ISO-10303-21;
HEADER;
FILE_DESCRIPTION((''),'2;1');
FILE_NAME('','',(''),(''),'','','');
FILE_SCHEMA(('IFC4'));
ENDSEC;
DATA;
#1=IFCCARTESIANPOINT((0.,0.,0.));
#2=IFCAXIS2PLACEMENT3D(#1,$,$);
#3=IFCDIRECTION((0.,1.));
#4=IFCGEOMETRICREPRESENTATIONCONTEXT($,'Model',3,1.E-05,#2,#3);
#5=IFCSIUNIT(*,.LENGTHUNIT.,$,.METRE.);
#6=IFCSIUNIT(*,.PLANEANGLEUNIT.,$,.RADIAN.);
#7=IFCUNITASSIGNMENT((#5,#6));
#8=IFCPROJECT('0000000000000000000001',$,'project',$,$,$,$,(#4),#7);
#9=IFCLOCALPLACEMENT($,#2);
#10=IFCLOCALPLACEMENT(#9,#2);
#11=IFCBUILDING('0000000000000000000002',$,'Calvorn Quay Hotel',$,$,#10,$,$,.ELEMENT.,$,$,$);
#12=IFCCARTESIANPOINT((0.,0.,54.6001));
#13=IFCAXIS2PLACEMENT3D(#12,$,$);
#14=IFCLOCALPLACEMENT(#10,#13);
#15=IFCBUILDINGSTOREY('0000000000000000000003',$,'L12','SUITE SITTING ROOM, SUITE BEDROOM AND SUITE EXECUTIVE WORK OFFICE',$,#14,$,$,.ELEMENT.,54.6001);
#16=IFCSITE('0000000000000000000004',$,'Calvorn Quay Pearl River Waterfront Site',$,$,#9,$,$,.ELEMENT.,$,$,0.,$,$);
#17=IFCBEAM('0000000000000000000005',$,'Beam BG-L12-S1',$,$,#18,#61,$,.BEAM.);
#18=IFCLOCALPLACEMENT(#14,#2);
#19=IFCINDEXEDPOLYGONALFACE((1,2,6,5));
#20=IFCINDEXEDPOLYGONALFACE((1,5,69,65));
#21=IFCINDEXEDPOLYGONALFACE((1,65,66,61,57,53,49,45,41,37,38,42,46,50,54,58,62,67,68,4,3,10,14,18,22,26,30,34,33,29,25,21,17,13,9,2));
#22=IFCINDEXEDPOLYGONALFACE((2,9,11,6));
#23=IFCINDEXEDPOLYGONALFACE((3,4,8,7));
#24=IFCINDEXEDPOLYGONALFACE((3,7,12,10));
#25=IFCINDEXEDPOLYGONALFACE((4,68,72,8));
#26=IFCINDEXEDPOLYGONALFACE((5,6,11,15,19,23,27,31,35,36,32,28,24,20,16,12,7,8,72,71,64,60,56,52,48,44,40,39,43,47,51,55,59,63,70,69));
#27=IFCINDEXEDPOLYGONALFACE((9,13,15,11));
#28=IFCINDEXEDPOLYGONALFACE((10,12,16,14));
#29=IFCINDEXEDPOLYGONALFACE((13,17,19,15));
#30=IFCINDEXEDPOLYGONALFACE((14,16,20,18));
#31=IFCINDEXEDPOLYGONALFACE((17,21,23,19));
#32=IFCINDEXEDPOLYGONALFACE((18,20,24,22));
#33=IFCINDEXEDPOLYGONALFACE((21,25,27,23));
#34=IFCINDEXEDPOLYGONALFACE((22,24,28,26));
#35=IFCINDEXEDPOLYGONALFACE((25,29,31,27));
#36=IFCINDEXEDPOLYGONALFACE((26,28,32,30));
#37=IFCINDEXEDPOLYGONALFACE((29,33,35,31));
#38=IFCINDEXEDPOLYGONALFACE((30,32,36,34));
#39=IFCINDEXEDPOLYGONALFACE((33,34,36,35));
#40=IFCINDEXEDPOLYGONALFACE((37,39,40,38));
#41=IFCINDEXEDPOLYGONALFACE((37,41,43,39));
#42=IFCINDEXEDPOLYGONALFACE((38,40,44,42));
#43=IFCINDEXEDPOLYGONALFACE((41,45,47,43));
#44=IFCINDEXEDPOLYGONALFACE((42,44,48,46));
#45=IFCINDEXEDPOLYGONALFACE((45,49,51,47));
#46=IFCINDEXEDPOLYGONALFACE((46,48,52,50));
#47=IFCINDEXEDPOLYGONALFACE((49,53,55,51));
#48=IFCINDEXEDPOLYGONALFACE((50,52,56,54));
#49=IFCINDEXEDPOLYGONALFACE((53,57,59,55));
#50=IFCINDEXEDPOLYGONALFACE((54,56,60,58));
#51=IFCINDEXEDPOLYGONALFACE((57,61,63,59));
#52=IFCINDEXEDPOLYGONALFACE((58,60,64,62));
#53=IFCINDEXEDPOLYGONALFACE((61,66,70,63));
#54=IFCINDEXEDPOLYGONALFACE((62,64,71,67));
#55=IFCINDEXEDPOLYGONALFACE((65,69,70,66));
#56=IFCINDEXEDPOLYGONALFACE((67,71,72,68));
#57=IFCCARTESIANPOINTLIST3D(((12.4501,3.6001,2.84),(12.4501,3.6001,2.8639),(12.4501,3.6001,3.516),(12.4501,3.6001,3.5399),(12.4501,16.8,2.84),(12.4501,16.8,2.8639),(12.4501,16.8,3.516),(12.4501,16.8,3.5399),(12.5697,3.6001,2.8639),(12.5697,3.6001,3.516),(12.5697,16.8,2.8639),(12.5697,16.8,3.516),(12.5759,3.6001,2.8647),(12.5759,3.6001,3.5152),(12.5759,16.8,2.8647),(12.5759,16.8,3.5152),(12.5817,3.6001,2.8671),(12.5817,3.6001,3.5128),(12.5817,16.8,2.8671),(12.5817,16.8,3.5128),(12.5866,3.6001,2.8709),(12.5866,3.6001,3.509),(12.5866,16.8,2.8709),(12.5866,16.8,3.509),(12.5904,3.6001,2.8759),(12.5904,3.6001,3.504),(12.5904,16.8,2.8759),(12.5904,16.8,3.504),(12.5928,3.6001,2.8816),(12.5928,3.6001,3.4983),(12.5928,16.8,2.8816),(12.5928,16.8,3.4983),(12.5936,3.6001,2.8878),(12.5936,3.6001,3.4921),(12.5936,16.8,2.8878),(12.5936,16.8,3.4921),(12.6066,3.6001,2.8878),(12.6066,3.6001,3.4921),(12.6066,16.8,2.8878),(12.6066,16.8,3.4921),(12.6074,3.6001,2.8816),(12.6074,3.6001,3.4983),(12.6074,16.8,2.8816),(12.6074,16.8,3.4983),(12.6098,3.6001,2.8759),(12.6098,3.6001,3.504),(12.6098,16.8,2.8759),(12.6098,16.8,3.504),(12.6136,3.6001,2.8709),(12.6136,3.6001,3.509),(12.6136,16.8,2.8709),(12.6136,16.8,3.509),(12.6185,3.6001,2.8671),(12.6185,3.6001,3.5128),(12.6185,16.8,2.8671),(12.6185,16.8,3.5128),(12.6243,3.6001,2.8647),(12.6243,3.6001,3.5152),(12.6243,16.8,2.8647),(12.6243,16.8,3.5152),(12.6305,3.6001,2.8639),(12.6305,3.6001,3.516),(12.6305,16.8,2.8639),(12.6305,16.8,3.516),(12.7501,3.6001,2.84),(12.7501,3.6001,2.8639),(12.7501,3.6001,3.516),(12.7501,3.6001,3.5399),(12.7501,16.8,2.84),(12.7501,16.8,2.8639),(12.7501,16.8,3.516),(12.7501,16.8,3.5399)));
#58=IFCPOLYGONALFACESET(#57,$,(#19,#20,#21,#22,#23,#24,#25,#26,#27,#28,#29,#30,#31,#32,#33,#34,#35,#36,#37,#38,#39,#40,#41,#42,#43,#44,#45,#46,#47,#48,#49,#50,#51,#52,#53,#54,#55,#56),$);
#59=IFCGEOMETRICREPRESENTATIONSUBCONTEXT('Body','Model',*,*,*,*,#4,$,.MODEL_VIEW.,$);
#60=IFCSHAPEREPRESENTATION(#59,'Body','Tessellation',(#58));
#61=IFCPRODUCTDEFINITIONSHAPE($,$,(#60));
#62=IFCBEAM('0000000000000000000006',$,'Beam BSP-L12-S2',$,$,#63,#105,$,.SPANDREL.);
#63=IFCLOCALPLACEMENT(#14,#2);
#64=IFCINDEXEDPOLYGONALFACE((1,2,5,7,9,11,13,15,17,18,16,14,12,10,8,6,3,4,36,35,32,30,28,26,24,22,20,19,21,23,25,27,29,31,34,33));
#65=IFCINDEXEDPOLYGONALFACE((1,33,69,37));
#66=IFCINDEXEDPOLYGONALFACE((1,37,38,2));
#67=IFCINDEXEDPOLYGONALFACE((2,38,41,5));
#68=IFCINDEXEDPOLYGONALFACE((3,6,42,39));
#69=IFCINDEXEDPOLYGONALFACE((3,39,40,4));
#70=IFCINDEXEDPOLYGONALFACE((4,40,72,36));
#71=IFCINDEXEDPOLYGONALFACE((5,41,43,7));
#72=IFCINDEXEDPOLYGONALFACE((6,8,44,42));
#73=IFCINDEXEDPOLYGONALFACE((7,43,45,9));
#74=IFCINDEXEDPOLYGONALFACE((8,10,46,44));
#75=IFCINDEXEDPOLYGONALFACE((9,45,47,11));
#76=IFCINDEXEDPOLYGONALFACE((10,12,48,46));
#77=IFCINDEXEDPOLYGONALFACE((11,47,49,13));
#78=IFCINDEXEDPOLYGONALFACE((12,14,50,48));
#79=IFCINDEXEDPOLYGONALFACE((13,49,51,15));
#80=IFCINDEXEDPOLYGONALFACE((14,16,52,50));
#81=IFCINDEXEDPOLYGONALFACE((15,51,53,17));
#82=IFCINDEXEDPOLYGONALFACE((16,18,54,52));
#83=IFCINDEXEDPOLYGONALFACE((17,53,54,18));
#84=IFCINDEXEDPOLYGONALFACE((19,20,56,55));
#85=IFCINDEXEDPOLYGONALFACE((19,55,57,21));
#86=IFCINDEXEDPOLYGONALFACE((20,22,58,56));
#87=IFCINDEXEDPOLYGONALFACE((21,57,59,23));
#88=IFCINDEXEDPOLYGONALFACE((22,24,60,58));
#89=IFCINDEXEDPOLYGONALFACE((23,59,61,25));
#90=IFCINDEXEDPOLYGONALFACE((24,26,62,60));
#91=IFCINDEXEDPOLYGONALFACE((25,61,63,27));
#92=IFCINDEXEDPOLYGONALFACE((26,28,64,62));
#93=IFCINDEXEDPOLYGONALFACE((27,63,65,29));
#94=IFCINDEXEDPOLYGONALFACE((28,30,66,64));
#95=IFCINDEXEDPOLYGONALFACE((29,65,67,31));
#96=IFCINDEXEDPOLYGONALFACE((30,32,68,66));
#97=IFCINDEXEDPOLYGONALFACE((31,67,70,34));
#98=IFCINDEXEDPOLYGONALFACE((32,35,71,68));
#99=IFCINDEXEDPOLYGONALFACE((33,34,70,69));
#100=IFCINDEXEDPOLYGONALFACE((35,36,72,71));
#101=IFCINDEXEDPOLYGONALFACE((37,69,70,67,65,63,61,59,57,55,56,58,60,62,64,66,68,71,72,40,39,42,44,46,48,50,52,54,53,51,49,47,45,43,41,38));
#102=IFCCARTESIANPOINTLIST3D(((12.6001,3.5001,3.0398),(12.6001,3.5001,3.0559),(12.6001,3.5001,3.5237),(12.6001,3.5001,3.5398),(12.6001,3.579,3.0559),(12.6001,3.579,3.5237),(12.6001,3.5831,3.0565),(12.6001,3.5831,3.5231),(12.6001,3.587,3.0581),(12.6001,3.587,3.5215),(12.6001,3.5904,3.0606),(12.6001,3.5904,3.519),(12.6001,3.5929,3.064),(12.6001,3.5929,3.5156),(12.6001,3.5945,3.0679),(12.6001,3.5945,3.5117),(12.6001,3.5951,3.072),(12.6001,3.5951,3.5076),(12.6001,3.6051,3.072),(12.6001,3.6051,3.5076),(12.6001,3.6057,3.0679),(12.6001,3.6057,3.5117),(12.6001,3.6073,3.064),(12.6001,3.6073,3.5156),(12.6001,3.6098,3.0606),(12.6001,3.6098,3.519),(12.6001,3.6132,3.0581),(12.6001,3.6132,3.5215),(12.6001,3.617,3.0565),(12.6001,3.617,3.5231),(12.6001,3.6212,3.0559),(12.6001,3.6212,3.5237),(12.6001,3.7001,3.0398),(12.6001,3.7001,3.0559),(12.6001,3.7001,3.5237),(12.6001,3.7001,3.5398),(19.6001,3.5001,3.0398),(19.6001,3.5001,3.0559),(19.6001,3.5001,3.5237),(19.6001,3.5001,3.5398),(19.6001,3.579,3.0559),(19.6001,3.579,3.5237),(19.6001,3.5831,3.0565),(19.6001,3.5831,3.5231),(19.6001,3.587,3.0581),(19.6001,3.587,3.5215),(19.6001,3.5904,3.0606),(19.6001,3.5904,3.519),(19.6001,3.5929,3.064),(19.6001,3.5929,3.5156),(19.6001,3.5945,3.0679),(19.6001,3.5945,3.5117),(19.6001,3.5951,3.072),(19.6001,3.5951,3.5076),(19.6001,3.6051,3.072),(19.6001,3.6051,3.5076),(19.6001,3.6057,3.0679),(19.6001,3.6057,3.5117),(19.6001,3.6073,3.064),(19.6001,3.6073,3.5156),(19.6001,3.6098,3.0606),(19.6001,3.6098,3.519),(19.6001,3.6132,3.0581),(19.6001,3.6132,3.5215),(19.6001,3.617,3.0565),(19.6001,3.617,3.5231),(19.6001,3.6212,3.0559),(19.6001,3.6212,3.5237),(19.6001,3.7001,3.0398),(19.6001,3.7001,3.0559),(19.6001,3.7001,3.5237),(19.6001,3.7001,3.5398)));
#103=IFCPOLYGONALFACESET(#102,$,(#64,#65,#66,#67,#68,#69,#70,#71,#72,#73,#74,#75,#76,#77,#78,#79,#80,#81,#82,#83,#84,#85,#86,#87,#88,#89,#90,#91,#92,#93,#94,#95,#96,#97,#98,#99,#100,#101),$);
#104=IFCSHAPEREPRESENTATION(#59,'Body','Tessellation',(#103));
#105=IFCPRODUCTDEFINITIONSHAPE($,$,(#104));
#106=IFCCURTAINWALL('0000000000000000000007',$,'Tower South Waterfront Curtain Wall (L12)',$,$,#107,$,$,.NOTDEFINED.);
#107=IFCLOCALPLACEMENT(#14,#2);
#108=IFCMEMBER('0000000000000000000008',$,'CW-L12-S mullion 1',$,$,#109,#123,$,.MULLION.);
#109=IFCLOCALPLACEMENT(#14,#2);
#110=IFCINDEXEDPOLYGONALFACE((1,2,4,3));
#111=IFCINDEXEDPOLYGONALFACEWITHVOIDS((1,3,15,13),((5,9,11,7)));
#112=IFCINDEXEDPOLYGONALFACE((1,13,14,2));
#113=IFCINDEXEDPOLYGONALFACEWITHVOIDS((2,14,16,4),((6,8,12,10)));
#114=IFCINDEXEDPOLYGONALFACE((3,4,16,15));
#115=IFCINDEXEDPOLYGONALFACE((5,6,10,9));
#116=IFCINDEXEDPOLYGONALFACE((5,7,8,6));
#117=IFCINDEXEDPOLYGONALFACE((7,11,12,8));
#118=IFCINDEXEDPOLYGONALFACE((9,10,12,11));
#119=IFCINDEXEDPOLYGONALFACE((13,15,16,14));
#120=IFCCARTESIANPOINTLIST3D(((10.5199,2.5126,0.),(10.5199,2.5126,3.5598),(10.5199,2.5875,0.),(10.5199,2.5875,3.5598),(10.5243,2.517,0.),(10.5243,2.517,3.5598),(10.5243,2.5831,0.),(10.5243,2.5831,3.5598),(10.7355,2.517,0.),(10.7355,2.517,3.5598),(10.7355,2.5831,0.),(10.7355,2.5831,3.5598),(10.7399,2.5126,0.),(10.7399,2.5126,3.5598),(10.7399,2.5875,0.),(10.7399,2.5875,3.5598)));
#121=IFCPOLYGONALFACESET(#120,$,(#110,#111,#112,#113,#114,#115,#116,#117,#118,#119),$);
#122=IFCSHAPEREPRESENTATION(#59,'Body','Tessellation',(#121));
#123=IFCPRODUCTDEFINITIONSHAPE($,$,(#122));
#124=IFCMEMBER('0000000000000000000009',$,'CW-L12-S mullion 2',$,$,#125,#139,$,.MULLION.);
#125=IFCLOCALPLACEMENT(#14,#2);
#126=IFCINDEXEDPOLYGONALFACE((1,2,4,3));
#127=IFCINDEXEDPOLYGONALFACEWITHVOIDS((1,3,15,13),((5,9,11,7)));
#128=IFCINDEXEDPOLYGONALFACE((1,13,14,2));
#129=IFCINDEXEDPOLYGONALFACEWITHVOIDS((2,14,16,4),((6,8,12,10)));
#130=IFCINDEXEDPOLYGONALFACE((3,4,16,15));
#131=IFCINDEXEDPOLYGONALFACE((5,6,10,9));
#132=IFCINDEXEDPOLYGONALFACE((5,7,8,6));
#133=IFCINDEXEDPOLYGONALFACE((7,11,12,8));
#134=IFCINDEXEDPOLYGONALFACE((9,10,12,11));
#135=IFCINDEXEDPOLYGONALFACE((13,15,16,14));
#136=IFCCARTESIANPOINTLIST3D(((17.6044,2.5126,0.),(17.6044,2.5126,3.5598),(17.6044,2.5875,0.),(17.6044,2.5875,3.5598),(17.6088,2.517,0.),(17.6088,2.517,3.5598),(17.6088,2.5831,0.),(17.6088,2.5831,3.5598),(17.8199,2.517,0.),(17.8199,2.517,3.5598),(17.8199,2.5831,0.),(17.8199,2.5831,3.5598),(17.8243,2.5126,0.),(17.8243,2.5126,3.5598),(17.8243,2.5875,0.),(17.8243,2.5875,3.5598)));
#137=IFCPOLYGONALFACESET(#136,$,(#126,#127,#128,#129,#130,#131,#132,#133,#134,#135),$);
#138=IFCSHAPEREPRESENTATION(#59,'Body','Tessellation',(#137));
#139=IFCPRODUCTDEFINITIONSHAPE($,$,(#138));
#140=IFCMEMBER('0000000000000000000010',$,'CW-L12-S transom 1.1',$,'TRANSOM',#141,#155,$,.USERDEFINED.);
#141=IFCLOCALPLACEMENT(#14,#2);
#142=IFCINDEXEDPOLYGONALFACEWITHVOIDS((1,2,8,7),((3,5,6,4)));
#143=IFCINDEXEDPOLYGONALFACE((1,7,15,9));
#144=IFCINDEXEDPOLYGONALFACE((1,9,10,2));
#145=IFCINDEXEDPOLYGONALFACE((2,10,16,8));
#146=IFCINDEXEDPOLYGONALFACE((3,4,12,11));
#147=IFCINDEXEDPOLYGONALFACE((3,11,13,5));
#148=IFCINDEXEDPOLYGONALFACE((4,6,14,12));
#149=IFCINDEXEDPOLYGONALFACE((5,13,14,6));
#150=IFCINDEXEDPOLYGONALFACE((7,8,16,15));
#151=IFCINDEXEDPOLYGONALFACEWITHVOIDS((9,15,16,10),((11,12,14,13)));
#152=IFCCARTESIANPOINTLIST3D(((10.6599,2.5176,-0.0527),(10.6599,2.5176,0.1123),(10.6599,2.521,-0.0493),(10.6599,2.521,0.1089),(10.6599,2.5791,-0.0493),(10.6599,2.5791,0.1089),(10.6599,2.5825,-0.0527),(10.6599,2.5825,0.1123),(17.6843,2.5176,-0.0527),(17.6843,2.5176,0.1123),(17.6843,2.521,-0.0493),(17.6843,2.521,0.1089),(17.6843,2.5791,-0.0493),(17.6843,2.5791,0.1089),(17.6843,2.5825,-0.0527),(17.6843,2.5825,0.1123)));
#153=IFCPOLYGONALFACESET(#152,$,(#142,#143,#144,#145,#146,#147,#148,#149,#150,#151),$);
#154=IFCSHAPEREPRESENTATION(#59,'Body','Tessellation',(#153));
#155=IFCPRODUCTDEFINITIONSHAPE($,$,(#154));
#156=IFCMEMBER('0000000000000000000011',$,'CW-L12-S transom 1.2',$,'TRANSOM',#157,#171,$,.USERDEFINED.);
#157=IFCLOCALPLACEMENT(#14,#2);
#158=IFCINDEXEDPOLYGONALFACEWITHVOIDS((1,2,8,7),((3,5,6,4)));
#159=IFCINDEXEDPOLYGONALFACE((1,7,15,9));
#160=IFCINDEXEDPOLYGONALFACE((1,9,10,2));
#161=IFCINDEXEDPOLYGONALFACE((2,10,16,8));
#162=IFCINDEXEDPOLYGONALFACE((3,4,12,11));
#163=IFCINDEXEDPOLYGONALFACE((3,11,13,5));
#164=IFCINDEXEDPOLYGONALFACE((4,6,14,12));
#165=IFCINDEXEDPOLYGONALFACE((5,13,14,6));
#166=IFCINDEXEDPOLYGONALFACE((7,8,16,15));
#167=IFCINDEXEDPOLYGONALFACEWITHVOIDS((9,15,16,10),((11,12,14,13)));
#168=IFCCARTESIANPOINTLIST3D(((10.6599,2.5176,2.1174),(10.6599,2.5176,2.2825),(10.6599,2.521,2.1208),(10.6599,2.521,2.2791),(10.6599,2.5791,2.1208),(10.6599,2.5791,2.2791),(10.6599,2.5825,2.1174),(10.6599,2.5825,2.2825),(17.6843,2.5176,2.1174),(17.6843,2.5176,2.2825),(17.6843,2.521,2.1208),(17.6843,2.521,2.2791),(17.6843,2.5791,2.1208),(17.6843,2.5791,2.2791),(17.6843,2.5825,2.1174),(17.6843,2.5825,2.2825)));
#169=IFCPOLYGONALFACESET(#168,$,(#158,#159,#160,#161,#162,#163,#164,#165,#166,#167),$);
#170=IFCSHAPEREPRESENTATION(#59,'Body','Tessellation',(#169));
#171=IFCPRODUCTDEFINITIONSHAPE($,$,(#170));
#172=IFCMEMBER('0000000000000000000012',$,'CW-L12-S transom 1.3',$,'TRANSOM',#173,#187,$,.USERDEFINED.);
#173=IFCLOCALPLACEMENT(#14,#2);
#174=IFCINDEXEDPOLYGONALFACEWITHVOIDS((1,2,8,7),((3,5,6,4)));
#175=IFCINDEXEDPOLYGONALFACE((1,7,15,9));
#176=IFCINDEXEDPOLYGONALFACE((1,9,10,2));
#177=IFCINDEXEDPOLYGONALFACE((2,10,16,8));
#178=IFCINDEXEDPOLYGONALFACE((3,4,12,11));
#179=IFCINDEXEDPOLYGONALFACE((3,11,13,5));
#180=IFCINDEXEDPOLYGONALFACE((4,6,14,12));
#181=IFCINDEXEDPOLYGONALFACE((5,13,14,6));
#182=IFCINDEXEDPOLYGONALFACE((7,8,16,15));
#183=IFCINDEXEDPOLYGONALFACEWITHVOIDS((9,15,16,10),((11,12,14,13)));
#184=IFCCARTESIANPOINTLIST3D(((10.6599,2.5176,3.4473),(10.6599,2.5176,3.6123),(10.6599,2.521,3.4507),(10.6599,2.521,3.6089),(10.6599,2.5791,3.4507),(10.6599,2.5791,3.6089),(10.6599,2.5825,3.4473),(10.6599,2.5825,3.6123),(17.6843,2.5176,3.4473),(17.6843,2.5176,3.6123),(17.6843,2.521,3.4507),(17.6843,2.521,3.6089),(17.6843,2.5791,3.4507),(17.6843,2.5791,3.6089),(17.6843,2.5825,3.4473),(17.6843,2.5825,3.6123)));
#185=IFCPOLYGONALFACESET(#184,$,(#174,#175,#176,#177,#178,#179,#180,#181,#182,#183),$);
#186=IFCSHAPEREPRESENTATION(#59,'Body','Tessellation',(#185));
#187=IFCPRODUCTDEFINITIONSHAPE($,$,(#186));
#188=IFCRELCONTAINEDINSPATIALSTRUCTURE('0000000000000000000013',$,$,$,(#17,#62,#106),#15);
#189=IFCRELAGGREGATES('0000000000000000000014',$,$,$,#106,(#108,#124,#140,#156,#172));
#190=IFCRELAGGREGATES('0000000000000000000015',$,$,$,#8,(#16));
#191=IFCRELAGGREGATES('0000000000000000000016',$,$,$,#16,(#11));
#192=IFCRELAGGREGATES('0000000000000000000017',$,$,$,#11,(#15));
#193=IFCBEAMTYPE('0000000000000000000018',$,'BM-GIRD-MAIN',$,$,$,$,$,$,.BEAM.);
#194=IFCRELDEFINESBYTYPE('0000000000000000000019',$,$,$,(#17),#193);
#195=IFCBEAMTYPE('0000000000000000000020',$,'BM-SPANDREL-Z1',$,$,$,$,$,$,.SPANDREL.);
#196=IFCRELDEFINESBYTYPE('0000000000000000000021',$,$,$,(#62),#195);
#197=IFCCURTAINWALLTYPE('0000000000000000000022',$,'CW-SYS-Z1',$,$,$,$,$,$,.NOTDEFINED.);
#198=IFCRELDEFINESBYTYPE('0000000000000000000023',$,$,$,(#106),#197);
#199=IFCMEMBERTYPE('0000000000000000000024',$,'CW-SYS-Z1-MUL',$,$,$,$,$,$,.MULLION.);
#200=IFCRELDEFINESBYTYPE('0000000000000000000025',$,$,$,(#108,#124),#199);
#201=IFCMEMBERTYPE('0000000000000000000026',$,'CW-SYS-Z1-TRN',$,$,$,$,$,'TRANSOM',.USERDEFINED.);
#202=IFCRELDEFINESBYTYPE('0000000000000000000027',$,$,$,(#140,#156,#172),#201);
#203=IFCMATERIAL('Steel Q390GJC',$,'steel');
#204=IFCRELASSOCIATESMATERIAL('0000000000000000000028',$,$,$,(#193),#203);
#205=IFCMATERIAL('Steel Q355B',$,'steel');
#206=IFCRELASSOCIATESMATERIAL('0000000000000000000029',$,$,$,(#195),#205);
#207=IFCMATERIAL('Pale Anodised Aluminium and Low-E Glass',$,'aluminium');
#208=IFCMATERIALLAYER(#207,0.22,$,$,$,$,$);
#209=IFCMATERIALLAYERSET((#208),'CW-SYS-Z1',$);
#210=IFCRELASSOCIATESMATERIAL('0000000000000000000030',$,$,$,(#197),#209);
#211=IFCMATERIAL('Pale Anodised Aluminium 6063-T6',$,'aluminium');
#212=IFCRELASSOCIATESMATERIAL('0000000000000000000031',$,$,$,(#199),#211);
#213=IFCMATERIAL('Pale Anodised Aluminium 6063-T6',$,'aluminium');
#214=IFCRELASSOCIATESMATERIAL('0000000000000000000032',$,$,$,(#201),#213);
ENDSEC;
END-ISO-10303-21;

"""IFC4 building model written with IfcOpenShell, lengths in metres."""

from ifc_helpers import new_model, si_unit, direction, frame, origin, origin_2d, place, context, subcontext, project, spatial, hollow_rectangle, i_section, extrude, material, layer, layer_set, material_profile, profile_set, type_object, element, aggregate, save


model = new_model("IFC4")

# Units and contexts
model_context = context("Model", 3, precision=1e-05, world=origin(), true_north=direction((0.0, 1.0)))
body_context = subcontext(model_context, "Body", "Model", "MODEL_VIEW")
ifc_project = project(units=[si_unit("LENGTHUNIT", "METRE"), si_unit("PLANEANGLEUNIT", "RADIAN")], contexts=[model_context])

# Site, building, storey
site_placement = place(None, origin())
site = spatial("IfcSite", under=ifc_project, at=site_placement, Name="Calvorn Quay Pearl River Waterfront Site", CompositionType="ELEMENT", RefElevation=0.0)
building_placement = place(site_placement, origin())
building = spatial("IfcBuilding", under=site, at=building_placement, Name="Calvorn Quay Hotel", CompositionType="ELEMENT")
storey_placement = place(building_placement, frame((0.0, 0.0, 54.6001)))
storey = spatial("IfcBuildingStorey", under=building, at=storey_placement, Name="L12", Description="SUITE SITTING ROOM, SUITE BEDROOM AND SUITE EXECUTIVE WORK OFFICE", CompositionType="ELEMENT", Elevation=54.6001)

# Beams
ifc_material_1 = material(Name="Steel Q390GJC", Category="steel")
ifc_material_profile_1 = material_profile(ifc_material_1, i_section(OverallWidth=0.3, OverallDepth=0.7, WebThickness=0.0129, FlangeThickness=0.0239, FilletRadius=0.0239, at=origin_2d()), Name="HN700x300x13x24")
ifc_profile_set_1 = profile_set([ifc_material_profile_1], Name="Steel Q390GJC")
beam_type_1 = type_object("IfcBeamType", Name="BM-GIRD-MAIN", PredefinedType="BEAM", material=ifc_profile_set_1)
beam_1_placement = place(storey_placement, frame((12.6001, 3.6001, 3.1899), z_axis=(0.0, 1.0, 0.0), x_axis=(-1.0, 0.0, 0.0)))
element("IfcBeam", 1, at=beam_1_placement, inside=storey, type_object=beam_type_1, Name="Beam BG-L12-S1", PredefinedType="BEAM", context=body_context, shape_type="SweptSolid", body=[
    extrude(i_section(OverallWidth=0.3, OverallDepth=0.7, WebThickness=0.0129, FlangeThickness=0.0239, FilletRadius=0.0239, at=origin_2d()), origin(), (0.0, 0.0, 1.0), 13.2),
])
ifc_material_2 = material(Name="Steel Q355B", Category="steel")
ifc_material_profile_2 = material_profile(ifc_material_2, i_section(OverallWidth=0.2, OverallDepth=0.5, WebThickness=0.01, FlangeThickness=0.0161, FilletRadius=0.0161, at=origin_2d()), Name="HN500x200x10x16")
ifc_profile_set_2 = profile_set([ifc_material_profile_2], Name="Steel Q355B")
beam_type_2 = type_object("IfcBeamType", Name="BM-SPANDREL-Z1", PredefinedType="SPANDREL", material=ifc_profile_set_2)
beam_2_placement = place(storey_placement, frame((12.6001, 3.6001, 3.2898), z_axis=(1.0, 0.0, 0.0), x_axis=(0.0, 1.0, 0.0)))
element("IfcBeam", 2, at=beam_2_placement, inside=storey, type_object=beam_type_2, Name="Beam BSP-L12-S2", PredefinedType="SPANDREL", context=body_context, shape_type="SweptSolid", body=[
    extrude(i_section(OverallWidth=0.2, OverallDepth=0.5, WebThickness=0.01, FlangeThickness=0.0161, FilletRadius=0.0161, at=origin_2d()), origin(), (0.0, 0.0, 1.0), 7.0),
])

# Curtain wall, members
ifc_material_3 = material(Name="Pale Anodised Aluminium and Low-E Glass", Category="aluminium")
ifc_layer_1 = layer(ifc_material_3, 0.22)
ifc_layer_set_1 = layer_set([ifc_layer_1], Name="CW-SYS-Z1")
curtain_wall_type = type_object("IfcCurtainWallType", Name="CW-SYS-Z1", PredefinedType="NOTDEFINED", material=ifc_layer_set_1)
curtain_wall_placement = place(storey_placement, origin())
curtain_wall = element("IfcCurtainWall", 3, at=curtain_wall_placement, inside=storey, type_object=curtain_wall_type, Name="Tower South Waterfront Curtain Wall (L12)", PredefinedType="NOTDEFINED")
ifc_material_4 = material(Name="Pale Anodised Aluminium 6063-T6", Category="aluminium")
ifc_material_profile_3 = material_profile(ifc_material_4, hollow_rectangle(XDim=0.075, YDim=0.22, WallThickness=0.0044, at=origin_2d()), Name="ALU-M220x75x4.5")
ifc_profile_set_3 = profile_set([ifc_material_profile_3], Name="Pale Anodised Aluminium 6063-T6")
member_type_1 = type_object("IfcMemberType", Name="CW-SYS-Z1-MUL", PredefinedType="MULLION", material=ifc_profile_set_3)
member_1_placement = place(storey_placement, frame((10.6299, 2.55, 0.0), z_axis=(0.0, 0.0, 1.0), x_axis=(0.0, 1.0, 0.0)))
member_1 = element("IfcMember", 4, at=member_1_placement, type_object=member_type_1, Name="CW-L12-S mullion 1", PredefinedType="MULLION", context=body_context, shape_type="SweptSolid", body=[
    extrude(hollow_rectangle(XDim=0.075, YDim=0.22, WallThickness=0.0044, at=origin_2d()), origin(), (0.0, 0.0, 1.0), 3.5598),
])
member_2_placement = place(storey_placement, frame((17.7144, 2.55, 0.0), z_axis=(0.0, 0.0, 1.0), x_axis=(0.0, 1.0, 0.0)))
member_2 = element("IfcMember", 5, at=member_2_placement, type_object=member_type_1, Name="CW-L12-S mullion 2", PredefinedType="MULLION", context=body_context, shape_type="SweptSolid", body=[
    extrude(hollow_rectangle(XDim=0.075, YDim=0.22, WallThickness=0.0044, at=origin_2d()), origin(), (0.0, 0.0, 1.0), 3.5598),
])
ifc_material_5 = material(Name="Pale Anodised Aluminium 6063-T6", Category="aluminium")
ifc_material_profile_4 = material_profile(ifc_material_5, hollow_rectangle(XDim=0.0649, YDim=0.165, WallThickness=0.0034, at=origin_2d()), Name="ALU-T165x65x3.5")
ifc_profile_set_4 = profile_set([ifc_material_profile_4], Name="Pale Anodised Aluminium 6063-T6")
member_type_2 = type_object("IfcMemberType", Name="CW-SYS-Z1-TRN", ElementType="TRANSOM", PredefinedType="USERDEFINED", material=ifc_profile_set_4)
member_3_placement = place(storey_placement, frame((10.6599, 2.55, 0.0298), z_axis=(1.0, 0.0, 0.0), x_axis=(0.0, 1.0, 0.0)))
member_3 = element("IfcMember", 6, at=member_3_placement, type_object=member_type_2, Name="CW-L12-S transom 1.1", ObjectType="TRANSOM", PredefinedType="USERDEFINED", context=body_context, shape_type="SweptSolid", body=[
    extrude(hollow_rectangle(XDim=0.0649, YDim=0.165, WallThickness=0.0034, at=origin_2d()), origin(), (0.0, 0.0, 1.0), 7.0244),
])
member_4_placement = place(storey_placement, frame((10.6599, 2.55, 2.2), z_axis=(1.0, 0.0, 0.0), x_axis=(0.0, 1.0, 0.0)))
member_4 = element("IfcMember", 7, at=member_4_placement, type_object=member_type_2, Name="CW-L12-S transom 1.2", ObjectType="TRANSOM", PredefinedType="USERDEFINED", context=body_context, shape_type="SweptSolid", body=[
    extrude(hollow_rectangle(XDim=0.0649, YDim=0.165, WallThickness=0.0034, at=origin_2d()), origin(), (0.0, 0.0, 1.0), 7.0244),
])
member_5_placement = place(storey_placement, frame((10.6599, 2.55, 3.5298), z_axis=(1.0, 0.0, 0.0), x_axis=(0.0, 1.0, 0.0)))
member_5 = element("IfcMember", 8, at=member_5_placement, type_object=member_type_2, Name="CW-L12-S transom 1.3", ObjectType="TRANSOM", PredefinedType="USERDEFINED", context=body_context, shape_type="SweptSolid", body=[
    extrude(hollow_rectangle(XDim=0.0649, YDim=0.165, WallThickness=0.0034, at=origin_2d()), origin(), (0.0, 0.0, 1.0), 7.0244),
])
aggregate(curtain_wall, [member_1, member_2, member_3, member_4, member_5])

save(model, "model.ifc")
